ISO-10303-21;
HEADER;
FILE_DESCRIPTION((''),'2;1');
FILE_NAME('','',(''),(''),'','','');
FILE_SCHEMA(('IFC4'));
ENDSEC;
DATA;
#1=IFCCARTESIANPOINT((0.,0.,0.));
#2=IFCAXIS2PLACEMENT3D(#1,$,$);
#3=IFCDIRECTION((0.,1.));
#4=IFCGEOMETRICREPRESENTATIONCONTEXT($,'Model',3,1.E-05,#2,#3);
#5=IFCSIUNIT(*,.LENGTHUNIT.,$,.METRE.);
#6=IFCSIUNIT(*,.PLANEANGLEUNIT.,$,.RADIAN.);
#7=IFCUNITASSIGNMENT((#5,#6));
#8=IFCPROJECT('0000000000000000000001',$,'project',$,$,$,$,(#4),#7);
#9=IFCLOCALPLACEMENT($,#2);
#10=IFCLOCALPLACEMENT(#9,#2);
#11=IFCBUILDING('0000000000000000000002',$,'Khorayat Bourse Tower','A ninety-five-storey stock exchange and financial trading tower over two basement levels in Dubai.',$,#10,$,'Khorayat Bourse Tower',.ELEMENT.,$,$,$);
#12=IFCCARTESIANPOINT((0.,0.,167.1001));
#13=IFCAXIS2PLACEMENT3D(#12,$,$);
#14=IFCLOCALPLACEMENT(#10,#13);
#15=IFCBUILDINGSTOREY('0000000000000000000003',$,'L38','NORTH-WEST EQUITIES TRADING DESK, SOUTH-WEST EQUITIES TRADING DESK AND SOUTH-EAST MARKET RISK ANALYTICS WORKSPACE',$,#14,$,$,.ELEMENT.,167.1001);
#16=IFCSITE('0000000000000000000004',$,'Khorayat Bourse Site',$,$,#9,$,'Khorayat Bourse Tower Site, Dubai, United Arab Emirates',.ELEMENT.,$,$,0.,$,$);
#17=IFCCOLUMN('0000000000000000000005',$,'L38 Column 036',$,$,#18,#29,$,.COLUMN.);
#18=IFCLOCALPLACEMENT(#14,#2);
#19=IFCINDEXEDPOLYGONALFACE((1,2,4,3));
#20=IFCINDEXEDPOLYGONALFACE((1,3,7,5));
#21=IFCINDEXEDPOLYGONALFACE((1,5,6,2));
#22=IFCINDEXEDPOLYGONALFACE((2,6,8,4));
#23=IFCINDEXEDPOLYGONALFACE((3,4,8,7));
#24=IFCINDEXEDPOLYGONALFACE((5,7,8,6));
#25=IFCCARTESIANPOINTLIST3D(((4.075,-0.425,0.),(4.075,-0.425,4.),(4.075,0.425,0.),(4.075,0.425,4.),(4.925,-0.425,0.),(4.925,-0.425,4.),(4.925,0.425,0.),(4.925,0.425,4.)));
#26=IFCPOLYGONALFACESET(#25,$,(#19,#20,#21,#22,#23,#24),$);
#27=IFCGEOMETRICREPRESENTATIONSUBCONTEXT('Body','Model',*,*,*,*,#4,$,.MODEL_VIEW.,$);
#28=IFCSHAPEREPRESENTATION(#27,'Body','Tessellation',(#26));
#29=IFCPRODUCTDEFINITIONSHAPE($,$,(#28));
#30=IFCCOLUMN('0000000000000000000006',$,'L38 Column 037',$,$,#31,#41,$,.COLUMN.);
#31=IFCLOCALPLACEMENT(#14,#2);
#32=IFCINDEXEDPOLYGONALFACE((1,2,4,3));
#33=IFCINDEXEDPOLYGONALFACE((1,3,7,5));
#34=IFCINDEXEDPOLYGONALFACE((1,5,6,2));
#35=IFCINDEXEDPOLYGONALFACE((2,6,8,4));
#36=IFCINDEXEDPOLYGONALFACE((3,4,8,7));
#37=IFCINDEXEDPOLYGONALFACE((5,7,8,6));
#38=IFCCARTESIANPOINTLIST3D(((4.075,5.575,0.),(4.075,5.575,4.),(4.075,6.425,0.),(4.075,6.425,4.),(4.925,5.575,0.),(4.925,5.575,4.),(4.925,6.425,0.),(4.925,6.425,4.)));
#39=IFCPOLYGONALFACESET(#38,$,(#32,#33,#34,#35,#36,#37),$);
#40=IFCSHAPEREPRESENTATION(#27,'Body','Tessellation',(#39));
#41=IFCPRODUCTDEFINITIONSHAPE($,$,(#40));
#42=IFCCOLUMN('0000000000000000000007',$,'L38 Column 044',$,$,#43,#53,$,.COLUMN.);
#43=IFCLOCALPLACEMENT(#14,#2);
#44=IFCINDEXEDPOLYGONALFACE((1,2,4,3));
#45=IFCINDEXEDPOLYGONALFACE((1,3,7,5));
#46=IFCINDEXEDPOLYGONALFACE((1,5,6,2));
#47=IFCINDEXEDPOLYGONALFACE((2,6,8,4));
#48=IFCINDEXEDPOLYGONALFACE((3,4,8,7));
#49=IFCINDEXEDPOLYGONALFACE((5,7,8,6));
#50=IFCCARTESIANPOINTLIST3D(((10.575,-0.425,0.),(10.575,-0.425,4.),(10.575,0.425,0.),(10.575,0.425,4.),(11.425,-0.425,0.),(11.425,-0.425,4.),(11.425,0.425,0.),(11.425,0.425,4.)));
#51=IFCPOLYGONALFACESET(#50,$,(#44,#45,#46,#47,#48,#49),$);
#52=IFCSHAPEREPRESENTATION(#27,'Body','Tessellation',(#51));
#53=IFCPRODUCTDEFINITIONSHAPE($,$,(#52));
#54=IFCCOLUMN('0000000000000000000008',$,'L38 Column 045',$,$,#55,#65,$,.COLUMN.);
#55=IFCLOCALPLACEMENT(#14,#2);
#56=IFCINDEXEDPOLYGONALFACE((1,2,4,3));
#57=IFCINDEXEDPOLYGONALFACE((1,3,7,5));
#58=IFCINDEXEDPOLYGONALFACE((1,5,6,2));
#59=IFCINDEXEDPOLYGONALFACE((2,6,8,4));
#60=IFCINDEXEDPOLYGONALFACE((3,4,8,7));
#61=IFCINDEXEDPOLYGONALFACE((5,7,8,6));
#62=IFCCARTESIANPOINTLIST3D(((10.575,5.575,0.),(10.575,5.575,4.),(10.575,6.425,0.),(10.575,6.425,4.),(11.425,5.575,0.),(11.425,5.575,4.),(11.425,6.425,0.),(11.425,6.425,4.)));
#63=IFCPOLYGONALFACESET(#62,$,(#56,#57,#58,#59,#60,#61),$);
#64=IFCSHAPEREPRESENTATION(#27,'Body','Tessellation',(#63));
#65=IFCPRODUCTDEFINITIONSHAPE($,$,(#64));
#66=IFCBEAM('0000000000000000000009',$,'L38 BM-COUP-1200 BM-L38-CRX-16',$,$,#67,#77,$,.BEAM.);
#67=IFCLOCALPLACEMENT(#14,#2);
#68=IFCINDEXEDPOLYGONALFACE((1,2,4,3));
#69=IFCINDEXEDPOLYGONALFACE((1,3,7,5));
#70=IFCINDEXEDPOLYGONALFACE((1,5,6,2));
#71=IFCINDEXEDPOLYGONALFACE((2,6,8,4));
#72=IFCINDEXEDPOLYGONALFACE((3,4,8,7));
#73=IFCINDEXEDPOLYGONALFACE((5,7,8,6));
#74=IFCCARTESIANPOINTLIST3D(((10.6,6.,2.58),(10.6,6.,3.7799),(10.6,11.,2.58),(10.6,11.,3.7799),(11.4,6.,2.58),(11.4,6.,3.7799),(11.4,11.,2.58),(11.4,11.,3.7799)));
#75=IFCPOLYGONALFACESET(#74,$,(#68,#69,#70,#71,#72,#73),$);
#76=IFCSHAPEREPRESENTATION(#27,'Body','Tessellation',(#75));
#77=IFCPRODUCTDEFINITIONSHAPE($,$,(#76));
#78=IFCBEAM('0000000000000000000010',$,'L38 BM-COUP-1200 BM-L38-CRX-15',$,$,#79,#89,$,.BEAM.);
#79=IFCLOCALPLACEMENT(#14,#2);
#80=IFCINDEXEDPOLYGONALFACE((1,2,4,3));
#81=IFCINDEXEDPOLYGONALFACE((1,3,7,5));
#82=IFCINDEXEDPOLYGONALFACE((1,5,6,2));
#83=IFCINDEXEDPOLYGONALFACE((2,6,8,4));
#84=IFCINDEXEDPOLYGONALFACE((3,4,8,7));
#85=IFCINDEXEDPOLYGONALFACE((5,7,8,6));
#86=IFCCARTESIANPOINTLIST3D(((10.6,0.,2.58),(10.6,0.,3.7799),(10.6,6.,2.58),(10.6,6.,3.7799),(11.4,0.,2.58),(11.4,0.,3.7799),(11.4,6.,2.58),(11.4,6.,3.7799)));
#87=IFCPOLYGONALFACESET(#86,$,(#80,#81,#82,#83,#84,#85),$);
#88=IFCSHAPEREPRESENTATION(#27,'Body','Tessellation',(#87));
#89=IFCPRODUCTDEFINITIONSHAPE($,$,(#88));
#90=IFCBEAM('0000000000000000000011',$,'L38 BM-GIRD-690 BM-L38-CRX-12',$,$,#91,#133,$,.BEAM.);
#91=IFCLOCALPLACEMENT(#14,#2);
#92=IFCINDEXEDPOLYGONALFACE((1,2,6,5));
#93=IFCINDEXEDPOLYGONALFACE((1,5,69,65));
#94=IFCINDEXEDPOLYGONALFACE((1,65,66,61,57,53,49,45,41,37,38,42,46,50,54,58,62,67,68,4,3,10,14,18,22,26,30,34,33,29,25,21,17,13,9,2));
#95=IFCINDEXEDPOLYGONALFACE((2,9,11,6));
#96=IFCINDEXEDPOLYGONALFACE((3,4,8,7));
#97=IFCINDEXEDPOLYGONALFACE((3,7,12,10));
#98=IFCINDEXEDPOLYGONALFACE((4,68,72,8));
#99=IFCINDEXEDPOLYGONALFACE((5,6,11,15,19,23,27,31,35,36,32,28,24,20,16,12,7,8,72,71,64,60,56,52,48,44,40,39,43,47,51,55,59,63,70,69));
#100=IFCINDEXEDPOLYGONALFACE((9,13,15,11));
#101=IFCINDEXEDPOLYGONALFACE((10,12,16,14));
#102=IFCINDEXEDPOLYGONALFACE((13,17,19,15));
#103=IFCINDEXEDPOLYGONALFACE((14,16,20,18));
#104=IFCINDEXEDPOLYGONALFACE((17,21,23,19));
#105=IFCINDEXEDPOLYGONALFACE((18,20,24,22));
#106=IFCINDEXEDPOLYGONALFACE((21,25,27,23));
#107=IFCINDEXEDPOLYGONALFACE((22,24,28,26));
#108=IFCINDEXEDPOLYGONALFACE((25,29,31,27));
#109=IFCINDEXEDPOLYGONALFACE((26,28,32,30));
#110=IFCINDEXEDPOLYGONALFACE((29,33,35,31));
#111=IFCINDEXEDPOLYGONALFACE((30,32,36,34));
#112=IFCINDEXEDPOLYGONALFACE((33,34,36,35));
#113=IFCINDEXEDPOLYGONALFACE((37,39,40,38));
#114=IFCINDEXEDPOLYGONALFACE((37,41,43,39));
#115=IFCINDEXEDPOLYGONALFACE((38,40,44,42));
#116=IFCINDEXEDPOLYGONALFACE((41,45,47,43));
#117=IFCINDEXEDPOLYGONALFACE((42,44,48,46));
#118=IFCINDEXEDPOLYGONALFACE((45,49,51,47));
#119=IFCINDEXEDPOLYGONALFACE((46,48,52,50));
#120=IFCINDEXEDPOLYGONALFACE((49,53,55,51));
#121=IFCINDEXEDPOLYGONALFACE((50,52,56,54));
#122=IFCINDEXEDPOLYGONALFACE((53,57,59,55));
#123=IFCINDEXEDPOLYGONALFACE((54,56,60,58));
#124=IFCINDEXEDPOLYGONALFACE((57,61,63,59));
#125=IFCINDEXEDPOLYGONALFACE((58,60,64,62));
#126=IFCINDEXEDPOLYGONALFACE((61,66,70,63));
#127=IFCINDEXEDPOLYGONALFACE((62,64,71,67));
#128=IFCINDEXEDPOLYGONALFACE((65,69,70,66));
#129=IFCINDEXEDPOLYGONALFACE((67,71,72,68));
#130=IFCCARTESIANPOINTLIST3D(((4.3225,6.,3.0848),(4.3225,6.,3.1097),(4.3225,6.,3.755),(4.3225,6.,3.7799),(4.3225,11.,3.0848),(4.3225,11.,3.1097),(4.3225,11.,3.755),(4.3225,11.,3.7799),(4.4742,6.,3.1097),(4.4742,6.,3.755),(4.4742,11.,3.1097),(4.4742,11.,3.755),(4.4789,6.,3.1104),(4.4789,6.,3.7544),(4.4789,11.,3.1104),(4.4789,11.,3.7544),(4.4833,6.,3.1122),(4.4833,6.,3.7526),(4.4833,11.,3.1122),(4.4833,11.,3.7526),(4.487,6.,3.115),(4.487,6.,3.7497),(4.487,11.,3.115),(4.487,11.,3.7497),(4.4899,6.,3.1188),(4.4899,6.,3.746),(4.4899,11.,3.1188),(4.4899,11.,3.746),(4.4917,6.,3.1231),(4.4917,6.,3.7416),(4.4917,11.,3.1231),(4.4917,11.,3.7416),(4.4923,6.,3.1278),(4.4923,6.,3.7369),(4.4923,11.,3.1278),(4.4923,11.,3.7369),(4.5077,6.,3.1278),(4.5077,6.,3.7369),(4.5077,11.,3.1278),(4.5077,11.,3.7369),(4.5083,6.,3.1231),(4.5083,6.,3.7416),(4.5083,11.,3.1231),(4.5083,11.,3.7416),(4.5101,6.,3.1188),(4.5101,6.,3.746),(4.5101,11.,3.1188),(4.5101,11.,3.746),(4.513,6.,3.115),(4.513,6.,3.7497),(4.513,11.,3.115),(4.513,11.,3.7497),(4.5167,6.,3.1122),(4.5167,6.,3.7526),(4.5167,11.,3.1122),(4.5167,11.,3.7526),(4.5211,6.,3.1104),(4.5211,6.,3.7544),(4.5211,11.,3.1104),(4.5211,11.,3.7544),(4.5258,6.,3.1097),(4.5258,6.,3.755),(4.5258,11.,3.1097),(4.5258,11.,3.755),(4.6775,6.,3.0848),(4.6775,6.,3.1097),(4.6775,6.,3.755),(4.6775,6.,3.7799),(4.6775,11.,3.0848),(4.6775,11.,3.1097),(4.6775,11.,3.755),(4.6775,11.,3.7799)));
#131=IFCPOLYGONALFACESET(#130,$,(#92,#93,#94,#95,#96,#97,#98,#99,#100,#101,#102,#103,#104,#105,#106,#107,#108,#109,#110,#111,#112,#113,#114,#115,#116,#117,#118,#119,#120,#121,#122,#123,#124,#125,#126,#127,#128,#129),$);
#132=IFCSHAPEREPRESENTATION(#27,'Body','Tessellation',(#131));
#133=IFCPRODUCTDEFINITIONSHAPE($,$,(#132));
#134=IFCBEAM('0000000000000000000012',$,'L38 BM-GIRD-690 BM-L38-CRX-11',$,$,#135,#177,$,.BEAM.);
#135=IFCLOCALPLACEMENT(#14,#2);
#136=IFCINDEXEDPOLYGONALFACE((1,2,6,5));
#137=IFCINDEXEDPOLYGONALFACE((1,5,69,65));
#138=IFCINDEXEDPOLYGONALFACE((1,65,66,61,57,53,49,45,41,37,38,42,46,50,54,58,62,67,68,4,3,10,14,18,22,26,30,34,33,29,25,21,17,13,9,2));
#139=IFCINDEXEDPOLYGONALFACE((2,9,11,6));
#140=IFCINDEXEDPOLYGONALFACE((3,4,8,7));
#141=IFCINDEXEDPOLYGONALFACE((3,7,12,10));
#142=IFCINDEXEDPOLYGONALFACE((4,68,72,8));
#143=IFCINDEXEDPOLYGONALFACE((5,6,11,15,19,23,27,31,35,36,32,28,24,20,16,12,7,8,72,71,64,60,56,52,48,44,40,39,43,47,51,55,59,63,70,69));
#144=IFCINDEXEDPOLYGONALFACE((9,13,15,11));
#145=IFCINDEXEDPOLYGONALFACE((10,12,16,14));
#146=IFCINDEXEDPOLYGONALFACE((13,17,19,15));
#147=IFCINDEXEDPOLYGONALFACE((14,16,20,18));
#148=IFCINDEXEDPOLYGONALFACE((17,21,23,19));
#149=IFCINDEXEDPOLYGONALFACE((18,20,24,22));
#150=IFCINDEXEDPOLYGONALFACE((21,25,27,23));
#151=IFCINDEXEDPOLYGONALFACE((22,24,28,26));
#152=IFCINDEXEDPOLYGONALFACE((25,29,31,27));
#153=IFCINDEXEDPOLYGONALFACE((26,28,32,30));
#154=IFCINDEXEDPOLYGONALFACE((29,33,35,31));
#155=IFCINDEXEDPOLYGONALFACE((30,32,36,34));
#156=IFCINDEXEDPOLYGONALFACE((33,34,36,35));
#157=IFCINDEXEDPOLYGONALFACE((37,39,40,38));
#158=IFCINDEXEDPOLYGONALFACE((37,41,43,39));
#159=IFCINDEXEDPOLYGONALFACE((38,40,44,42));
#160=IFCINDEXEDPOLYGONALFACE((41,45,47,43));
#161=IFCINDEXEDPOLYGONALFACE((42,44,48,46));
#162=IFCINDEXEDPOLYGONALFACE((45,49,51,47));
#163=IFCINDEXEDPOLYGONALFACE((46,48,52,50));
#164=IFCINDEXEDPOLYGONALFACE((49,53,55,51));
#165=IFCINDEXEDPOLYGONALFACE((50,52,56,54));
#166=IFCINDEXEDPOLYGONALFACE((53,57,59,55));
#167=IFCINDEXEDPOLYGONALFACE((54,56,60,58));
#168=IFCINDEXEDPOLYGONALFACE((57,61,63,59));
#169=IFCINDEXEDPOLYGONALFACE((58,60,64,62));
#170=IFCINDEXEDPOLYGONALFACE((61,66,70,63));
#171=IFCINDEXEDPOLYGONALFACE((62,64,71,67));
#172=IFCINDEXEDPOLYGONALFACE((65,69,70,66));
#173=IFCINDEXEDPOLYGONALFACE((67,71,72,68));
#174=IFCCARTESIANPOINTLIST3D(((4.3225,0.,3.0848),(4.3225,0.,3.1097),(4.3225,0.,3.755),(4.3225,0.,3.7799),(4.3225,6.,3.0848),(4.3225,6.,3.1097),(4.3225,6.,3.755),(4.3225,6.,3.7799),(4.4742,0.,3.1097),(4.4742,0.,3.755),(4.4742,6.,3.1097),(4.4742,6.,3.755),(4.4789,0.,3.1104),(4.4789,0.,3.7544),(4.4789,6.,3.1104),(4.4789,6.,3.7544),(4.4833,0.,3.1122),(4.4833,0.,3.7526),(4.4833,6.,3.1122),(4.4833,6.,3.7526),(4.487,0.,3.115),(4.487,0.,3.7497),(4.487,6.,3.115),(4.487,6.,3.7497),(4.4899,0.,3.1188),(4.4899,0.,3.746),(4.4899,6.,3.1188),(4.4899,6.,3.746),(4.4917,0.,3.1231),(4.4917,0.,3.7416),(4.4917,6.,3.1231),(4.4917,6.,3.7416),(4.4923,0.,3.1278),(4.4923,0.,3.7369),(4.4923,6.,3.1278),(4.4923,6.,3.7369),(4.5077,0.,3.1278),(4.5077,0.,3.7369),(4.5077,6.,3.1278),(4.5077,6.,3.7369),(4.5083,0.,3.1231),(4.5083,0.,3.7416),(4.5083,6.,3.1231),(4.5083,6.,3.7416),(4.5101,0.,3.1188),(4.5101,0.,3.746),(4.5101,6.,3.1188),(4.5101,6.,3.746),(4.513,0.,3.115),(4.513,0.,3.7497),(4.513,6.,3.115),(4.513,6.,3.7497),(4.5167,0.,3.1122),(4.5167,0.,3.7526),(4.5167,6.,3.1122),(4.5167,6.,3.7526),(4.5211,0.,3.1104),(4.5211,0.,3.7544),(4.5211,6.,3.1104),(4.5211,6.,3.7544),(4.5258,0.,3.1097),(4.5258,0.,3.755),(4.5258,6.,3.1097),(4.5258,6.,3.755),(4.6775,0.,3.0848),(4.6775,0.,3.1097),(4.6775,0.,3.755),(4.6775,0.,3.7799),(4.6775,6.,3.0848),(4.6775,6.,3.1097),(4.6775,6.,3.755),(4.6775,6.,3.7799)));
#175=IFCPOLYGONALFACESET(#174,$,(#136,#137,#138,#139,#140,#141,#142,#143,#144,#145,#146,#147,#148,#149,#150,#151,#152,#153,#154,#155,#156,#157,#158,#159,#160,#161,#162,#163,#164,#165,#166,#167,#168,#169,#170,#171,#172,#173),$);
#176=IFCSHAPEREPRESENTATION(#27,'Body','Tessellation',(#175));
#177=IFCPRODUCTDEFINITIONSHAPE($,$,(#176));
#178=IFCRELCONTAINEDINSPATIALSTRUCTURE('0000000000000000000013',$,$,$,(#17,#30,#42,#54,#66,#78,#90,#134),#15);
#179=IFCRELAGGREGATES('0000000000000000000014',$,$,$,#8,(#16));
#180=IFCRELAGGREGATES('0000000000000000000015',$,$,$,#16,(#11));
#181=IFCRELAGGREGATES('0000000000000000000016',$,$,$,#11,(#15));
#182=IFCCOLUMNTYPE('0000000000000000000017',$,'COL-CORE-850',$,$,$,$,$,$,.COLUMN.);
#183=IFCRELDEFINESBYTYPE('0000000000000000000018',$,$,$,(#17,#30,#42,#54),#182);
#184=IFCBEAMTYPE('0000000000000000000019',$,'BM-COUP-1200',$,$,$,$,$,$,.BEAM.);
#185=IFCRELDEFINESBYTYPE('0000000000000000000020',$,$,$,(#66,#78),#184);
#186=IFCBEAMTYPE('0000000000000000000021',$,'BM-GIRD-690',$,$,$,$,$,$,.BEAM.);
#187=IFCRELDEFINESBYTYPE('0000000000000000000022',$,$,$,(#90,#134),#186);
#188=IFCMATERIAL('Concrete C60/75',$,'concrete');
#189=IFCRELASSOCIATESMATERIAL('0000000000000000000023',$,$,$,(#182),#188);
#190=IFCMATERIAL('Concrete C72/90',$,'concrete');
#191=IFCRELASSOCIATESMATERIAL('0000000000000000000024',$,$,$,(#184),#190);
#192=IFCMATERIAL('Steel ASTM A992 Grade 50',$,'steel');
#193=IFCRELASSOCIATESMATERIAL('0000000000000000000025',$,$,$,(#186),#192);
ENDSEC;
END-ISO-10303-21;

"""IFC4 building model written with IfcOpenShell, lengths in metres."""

from ifc_helpers import new_model, si_unit, direction, frame, origin, origin_2d, place, context, subcontext, project, spatial, rectangle, i_section, extrude, source, transform, mapped, material, material_profile, profile_set, type_object, element, save


model = new_model("IFC4")

# Units and contexts
model_context = context("Model", 3, precision=1e-05, world=origin(), true_north=direction((0.0, 1.0)))
body_context = subcontext(model_context, "Body", "Model", "MODEL_VIEW")
ifc_project = project(units=[si_unit("LENGTHUNIT", "METRE"), si_unit("PLANEANGLEUNIT", "RADIAN")], contexts=[model_context])

# Site, building, storey
site_placement = place(None, origin())
site = spatial("IfcSite", under=ifc_project, at=site_placement, Name="Khorayat Bourse Site", LongName="Khorayat Bourse Tower Site, Dubai, United Arab Emirates", CompositionType="ELEMENT", RefElevation=0.0)
building_placement = place(site_placement, origin())
building = spatial("IfcBuilding", under=site, at=building_placement, Name="Khorayat Bourse Tower", Description="A ninety-five-storey stock exchange and financial trading tower over two basement levels in Dubai.", LongName="Khorayat Bourse Tower", CompositionType="ELEMENT")
storey_placement = place(building_placement, frame((0.0, 0.0, 167.1001)))
storey = spatial("IfcBuildingStorey", under=building, at=storey_placement, Name="L38", Description="NORTH-WEST EQUITIES TRADING DESK, SOUTH-WEST EQUITIES TRADING DESK AND SOUTH-EAST MARKET RISK ANALYTICS WORKSPACE", CompositionType="ELEMENT", Elevation=167.1001)

# Columns
ifc_material_1 = material(Name="Concrete C60/75", Category="concrete")
ifc_material_profile_1 = material_profile(ifc_material_1, rectangle(XDim=0.8501, YDim=0.8501, at=origin_2d()), Name="RC 850x850")
ifc_profile_set_1 = profile_set([ifc_material_profile_1], Name="Concrete C60/75")
column_type = type_object("IfcColumnType", Name="COL-CORE-850", PredefinedType="COLUMN", material=ifc_profile_set_1)
shared_shape_1 = source(origin(), body_context, "Body", "SweptSolid", [
    extrude(rectangle(XDim=0.8501, YDim=0.8501, at=origin_2d()), origin(), (0.0, 0.0, 1.0), 4.0),
])
for number, where, z_axis, x_axis, name in (
    (1, (4.5, 0.0, 0.0), (0.0, 0.0, 1.0), (1.0, 0.0, 0.0), "L38 Column 036"),
    (2, (4.5, 6.0, 0.0), (0.0, 0.0, 1.0), (1.0, 0.0, 0.0), "L38 Column 037"),
    (3, (11.0, 0.0, 0.0), (0.0, 0.0, 1.0), (1.0, 0.0, 0.0), "L38 Column 044"),
    (4, (11.0, 6.0, 0.0), (0.0, 0.0, 1.0), (1.0, 0.0, 0.0), "L38 Column 045"),
):
    element("IfcColumn", number, at=place(storey_placement, frame(where, z_axis=z_axis, x_axis=x_axis)), inside=storey, type_object=column_type, Name=name, PredefinedType="COLUMN", context=body_context, shape_type="MappedRepresentation", body=[
        mapped(shared_shape_1, transform((0.0, 0.0, 0.0), scale=1.0)),
    ])

# Beams
ifc_material_2 = material(Name="Concrete C72/90", Category="concrete")
ifc_material_profile_2 = material_profile(ifc_material_2, rectangle(XDim=0.8, YDim=1.2, at=origin_2d()), Name="RC 800x1200")
ifc_profile_set_2 = profile_set([ifc_material_profile_2], Name="Concrete C72/90")
beam_type_1 = type_object("IfcBeamType", Name="BM-COUP-1200", PredefinedType="BEAM", material=ifc_profile_set_2)
shared_shape_2 = source(origin(), body_context, "Body", "SweptSolid", [
    extrude(rectangle(XDim=0.8, YDim=1.2, at=origin_2d()), origin(), (0.0, 0.0, 1.0), 5.0),
])
beam_1_placement = place(storey_placement, frame((11.0, 6.0, 3.1799), z_axis=(0.0, 1.0, 0.0), x_axis=(-1.0, 0.0, 0.0)))
element("IfcBeam", 5, at=beam_1_placement, inside=storey, type_object=beam_type_1, Name="L38 BM-COUP-1200 BM-L38-CRX-16", PredefinedType="BEAM", context=body_context, shape_type="MappedRepresentation", body=[
    mapped(shared_shape_2, transform((0.0, 0.0, 0.0), scale=1.0)),
])
shared_shape_3 = source(origin(), body_context, "Body", "SweptSolid", [
    extrude(rectangle(XDim=0.8, YDim=1.2, at=origin_2d()), origin(), (0.0, 0.0, 1.0), 6.0),
])
beam_2_placement = place(storey_placement, frame((11.0, 0.0, 3.1799), z_axis=(0.0, 1.0, 0.0), x_axis=(-1.0, 0.0, 0.0)))
element("IfcBeam", 6, at=beam_2_placement, inside=storey, type_object=beam_type_1, Name="L38 BM-COUP-1200 BM-L38-CRX-15", PredefinedType="BEAM", context=body_context, shape_type="MappedRepresentation", body=[
    mapped(shared_shape_3, transform((0.0, 0.0, 0.0), scale=1.0)),
])
ifc_material_3 = material(Name="Steel ASTM A992 Grade 50", Category="steel")
ifc_material_profile_3 = material_profile(ifc_material_3, i_section(OverallWidth=0.355, OverallDepth=0.6951, WebThickness=0.0154, FlangeThickness=0.0249, FilletRadius=0.0181, at=origin_2d()), Name="W690X217")
ifc_profile_set_3 = profile_set([ifc_material_profile_3], Name="Steel ASTM A992 Grade 50")
beam_type_2 = type_object("IfcBeamType", Name="BM-GIRD-690", PredefinedType="BEAM", material=ifc_profile_set_3)
shared_shape_4 = source(origin(), body_context, "Body", "SweptSolid", [
    extrude(i_section(OverallWidth=0.355, OverallDepth=0.6951, WebThickness=0.0154, FlangeThickness=0.0249, FilletRadius=0.0181, at=origin_2d()), origin(), (0.0, 0.0, 1.0), 5.0),
])
beam_3_placement = place(storey_placement, frame((4.5, 6.0, 3.4324), z_axis=(0.0, 1.0, 0.0), x_axis=(-1.0, 0.0, 0.0)))
element("IfcBeam", 7, at=beam_3_placement, inside=storey, type_object=beam_type_2, Name="L38 BM-GIRD-690 BM-L38-CRX-12", PredefinedType="BEAM", context=body_context, shape_type="MappedRepresentation", body=[
    mapped(shared_shape_4, transform((0.0, 0.0, 0.0), scale=1.0)),
])
shared_shape_5 = source(origin(), body_context, "Body", "SweptSolid", [
    extrude(i_section(OverallWidth=0.355, OverallDepth=0.6951, WebThickness=0.0154, FlangeThickness=0.0249, FilletRadius=0.0181, at=origin_2d()), origin(), (0.0, 0.0, 1.0), 6.0),
])
beam_4_placement = place(storey_placement, frame((4.5, 0.0, 3.4324), z_axis=(0.0, 1.0, 0.0), x_axis=(-1.0, 0.0, 0.0)))
element("IfcBeam", 8, at=beam_4_placement, inside=storey, type_object=beam_type_2, Name="L38 BM-GIRD-690 BM-L38-CRX-11", PredefinedType="BEAM", context=body_context, shape_type="MappedRepresentation", body=[
    mapped(shared_shape_5, transform((0.0, 0.0, 0.0), scale=1.0)),
])

save(model, "model.ifc")
